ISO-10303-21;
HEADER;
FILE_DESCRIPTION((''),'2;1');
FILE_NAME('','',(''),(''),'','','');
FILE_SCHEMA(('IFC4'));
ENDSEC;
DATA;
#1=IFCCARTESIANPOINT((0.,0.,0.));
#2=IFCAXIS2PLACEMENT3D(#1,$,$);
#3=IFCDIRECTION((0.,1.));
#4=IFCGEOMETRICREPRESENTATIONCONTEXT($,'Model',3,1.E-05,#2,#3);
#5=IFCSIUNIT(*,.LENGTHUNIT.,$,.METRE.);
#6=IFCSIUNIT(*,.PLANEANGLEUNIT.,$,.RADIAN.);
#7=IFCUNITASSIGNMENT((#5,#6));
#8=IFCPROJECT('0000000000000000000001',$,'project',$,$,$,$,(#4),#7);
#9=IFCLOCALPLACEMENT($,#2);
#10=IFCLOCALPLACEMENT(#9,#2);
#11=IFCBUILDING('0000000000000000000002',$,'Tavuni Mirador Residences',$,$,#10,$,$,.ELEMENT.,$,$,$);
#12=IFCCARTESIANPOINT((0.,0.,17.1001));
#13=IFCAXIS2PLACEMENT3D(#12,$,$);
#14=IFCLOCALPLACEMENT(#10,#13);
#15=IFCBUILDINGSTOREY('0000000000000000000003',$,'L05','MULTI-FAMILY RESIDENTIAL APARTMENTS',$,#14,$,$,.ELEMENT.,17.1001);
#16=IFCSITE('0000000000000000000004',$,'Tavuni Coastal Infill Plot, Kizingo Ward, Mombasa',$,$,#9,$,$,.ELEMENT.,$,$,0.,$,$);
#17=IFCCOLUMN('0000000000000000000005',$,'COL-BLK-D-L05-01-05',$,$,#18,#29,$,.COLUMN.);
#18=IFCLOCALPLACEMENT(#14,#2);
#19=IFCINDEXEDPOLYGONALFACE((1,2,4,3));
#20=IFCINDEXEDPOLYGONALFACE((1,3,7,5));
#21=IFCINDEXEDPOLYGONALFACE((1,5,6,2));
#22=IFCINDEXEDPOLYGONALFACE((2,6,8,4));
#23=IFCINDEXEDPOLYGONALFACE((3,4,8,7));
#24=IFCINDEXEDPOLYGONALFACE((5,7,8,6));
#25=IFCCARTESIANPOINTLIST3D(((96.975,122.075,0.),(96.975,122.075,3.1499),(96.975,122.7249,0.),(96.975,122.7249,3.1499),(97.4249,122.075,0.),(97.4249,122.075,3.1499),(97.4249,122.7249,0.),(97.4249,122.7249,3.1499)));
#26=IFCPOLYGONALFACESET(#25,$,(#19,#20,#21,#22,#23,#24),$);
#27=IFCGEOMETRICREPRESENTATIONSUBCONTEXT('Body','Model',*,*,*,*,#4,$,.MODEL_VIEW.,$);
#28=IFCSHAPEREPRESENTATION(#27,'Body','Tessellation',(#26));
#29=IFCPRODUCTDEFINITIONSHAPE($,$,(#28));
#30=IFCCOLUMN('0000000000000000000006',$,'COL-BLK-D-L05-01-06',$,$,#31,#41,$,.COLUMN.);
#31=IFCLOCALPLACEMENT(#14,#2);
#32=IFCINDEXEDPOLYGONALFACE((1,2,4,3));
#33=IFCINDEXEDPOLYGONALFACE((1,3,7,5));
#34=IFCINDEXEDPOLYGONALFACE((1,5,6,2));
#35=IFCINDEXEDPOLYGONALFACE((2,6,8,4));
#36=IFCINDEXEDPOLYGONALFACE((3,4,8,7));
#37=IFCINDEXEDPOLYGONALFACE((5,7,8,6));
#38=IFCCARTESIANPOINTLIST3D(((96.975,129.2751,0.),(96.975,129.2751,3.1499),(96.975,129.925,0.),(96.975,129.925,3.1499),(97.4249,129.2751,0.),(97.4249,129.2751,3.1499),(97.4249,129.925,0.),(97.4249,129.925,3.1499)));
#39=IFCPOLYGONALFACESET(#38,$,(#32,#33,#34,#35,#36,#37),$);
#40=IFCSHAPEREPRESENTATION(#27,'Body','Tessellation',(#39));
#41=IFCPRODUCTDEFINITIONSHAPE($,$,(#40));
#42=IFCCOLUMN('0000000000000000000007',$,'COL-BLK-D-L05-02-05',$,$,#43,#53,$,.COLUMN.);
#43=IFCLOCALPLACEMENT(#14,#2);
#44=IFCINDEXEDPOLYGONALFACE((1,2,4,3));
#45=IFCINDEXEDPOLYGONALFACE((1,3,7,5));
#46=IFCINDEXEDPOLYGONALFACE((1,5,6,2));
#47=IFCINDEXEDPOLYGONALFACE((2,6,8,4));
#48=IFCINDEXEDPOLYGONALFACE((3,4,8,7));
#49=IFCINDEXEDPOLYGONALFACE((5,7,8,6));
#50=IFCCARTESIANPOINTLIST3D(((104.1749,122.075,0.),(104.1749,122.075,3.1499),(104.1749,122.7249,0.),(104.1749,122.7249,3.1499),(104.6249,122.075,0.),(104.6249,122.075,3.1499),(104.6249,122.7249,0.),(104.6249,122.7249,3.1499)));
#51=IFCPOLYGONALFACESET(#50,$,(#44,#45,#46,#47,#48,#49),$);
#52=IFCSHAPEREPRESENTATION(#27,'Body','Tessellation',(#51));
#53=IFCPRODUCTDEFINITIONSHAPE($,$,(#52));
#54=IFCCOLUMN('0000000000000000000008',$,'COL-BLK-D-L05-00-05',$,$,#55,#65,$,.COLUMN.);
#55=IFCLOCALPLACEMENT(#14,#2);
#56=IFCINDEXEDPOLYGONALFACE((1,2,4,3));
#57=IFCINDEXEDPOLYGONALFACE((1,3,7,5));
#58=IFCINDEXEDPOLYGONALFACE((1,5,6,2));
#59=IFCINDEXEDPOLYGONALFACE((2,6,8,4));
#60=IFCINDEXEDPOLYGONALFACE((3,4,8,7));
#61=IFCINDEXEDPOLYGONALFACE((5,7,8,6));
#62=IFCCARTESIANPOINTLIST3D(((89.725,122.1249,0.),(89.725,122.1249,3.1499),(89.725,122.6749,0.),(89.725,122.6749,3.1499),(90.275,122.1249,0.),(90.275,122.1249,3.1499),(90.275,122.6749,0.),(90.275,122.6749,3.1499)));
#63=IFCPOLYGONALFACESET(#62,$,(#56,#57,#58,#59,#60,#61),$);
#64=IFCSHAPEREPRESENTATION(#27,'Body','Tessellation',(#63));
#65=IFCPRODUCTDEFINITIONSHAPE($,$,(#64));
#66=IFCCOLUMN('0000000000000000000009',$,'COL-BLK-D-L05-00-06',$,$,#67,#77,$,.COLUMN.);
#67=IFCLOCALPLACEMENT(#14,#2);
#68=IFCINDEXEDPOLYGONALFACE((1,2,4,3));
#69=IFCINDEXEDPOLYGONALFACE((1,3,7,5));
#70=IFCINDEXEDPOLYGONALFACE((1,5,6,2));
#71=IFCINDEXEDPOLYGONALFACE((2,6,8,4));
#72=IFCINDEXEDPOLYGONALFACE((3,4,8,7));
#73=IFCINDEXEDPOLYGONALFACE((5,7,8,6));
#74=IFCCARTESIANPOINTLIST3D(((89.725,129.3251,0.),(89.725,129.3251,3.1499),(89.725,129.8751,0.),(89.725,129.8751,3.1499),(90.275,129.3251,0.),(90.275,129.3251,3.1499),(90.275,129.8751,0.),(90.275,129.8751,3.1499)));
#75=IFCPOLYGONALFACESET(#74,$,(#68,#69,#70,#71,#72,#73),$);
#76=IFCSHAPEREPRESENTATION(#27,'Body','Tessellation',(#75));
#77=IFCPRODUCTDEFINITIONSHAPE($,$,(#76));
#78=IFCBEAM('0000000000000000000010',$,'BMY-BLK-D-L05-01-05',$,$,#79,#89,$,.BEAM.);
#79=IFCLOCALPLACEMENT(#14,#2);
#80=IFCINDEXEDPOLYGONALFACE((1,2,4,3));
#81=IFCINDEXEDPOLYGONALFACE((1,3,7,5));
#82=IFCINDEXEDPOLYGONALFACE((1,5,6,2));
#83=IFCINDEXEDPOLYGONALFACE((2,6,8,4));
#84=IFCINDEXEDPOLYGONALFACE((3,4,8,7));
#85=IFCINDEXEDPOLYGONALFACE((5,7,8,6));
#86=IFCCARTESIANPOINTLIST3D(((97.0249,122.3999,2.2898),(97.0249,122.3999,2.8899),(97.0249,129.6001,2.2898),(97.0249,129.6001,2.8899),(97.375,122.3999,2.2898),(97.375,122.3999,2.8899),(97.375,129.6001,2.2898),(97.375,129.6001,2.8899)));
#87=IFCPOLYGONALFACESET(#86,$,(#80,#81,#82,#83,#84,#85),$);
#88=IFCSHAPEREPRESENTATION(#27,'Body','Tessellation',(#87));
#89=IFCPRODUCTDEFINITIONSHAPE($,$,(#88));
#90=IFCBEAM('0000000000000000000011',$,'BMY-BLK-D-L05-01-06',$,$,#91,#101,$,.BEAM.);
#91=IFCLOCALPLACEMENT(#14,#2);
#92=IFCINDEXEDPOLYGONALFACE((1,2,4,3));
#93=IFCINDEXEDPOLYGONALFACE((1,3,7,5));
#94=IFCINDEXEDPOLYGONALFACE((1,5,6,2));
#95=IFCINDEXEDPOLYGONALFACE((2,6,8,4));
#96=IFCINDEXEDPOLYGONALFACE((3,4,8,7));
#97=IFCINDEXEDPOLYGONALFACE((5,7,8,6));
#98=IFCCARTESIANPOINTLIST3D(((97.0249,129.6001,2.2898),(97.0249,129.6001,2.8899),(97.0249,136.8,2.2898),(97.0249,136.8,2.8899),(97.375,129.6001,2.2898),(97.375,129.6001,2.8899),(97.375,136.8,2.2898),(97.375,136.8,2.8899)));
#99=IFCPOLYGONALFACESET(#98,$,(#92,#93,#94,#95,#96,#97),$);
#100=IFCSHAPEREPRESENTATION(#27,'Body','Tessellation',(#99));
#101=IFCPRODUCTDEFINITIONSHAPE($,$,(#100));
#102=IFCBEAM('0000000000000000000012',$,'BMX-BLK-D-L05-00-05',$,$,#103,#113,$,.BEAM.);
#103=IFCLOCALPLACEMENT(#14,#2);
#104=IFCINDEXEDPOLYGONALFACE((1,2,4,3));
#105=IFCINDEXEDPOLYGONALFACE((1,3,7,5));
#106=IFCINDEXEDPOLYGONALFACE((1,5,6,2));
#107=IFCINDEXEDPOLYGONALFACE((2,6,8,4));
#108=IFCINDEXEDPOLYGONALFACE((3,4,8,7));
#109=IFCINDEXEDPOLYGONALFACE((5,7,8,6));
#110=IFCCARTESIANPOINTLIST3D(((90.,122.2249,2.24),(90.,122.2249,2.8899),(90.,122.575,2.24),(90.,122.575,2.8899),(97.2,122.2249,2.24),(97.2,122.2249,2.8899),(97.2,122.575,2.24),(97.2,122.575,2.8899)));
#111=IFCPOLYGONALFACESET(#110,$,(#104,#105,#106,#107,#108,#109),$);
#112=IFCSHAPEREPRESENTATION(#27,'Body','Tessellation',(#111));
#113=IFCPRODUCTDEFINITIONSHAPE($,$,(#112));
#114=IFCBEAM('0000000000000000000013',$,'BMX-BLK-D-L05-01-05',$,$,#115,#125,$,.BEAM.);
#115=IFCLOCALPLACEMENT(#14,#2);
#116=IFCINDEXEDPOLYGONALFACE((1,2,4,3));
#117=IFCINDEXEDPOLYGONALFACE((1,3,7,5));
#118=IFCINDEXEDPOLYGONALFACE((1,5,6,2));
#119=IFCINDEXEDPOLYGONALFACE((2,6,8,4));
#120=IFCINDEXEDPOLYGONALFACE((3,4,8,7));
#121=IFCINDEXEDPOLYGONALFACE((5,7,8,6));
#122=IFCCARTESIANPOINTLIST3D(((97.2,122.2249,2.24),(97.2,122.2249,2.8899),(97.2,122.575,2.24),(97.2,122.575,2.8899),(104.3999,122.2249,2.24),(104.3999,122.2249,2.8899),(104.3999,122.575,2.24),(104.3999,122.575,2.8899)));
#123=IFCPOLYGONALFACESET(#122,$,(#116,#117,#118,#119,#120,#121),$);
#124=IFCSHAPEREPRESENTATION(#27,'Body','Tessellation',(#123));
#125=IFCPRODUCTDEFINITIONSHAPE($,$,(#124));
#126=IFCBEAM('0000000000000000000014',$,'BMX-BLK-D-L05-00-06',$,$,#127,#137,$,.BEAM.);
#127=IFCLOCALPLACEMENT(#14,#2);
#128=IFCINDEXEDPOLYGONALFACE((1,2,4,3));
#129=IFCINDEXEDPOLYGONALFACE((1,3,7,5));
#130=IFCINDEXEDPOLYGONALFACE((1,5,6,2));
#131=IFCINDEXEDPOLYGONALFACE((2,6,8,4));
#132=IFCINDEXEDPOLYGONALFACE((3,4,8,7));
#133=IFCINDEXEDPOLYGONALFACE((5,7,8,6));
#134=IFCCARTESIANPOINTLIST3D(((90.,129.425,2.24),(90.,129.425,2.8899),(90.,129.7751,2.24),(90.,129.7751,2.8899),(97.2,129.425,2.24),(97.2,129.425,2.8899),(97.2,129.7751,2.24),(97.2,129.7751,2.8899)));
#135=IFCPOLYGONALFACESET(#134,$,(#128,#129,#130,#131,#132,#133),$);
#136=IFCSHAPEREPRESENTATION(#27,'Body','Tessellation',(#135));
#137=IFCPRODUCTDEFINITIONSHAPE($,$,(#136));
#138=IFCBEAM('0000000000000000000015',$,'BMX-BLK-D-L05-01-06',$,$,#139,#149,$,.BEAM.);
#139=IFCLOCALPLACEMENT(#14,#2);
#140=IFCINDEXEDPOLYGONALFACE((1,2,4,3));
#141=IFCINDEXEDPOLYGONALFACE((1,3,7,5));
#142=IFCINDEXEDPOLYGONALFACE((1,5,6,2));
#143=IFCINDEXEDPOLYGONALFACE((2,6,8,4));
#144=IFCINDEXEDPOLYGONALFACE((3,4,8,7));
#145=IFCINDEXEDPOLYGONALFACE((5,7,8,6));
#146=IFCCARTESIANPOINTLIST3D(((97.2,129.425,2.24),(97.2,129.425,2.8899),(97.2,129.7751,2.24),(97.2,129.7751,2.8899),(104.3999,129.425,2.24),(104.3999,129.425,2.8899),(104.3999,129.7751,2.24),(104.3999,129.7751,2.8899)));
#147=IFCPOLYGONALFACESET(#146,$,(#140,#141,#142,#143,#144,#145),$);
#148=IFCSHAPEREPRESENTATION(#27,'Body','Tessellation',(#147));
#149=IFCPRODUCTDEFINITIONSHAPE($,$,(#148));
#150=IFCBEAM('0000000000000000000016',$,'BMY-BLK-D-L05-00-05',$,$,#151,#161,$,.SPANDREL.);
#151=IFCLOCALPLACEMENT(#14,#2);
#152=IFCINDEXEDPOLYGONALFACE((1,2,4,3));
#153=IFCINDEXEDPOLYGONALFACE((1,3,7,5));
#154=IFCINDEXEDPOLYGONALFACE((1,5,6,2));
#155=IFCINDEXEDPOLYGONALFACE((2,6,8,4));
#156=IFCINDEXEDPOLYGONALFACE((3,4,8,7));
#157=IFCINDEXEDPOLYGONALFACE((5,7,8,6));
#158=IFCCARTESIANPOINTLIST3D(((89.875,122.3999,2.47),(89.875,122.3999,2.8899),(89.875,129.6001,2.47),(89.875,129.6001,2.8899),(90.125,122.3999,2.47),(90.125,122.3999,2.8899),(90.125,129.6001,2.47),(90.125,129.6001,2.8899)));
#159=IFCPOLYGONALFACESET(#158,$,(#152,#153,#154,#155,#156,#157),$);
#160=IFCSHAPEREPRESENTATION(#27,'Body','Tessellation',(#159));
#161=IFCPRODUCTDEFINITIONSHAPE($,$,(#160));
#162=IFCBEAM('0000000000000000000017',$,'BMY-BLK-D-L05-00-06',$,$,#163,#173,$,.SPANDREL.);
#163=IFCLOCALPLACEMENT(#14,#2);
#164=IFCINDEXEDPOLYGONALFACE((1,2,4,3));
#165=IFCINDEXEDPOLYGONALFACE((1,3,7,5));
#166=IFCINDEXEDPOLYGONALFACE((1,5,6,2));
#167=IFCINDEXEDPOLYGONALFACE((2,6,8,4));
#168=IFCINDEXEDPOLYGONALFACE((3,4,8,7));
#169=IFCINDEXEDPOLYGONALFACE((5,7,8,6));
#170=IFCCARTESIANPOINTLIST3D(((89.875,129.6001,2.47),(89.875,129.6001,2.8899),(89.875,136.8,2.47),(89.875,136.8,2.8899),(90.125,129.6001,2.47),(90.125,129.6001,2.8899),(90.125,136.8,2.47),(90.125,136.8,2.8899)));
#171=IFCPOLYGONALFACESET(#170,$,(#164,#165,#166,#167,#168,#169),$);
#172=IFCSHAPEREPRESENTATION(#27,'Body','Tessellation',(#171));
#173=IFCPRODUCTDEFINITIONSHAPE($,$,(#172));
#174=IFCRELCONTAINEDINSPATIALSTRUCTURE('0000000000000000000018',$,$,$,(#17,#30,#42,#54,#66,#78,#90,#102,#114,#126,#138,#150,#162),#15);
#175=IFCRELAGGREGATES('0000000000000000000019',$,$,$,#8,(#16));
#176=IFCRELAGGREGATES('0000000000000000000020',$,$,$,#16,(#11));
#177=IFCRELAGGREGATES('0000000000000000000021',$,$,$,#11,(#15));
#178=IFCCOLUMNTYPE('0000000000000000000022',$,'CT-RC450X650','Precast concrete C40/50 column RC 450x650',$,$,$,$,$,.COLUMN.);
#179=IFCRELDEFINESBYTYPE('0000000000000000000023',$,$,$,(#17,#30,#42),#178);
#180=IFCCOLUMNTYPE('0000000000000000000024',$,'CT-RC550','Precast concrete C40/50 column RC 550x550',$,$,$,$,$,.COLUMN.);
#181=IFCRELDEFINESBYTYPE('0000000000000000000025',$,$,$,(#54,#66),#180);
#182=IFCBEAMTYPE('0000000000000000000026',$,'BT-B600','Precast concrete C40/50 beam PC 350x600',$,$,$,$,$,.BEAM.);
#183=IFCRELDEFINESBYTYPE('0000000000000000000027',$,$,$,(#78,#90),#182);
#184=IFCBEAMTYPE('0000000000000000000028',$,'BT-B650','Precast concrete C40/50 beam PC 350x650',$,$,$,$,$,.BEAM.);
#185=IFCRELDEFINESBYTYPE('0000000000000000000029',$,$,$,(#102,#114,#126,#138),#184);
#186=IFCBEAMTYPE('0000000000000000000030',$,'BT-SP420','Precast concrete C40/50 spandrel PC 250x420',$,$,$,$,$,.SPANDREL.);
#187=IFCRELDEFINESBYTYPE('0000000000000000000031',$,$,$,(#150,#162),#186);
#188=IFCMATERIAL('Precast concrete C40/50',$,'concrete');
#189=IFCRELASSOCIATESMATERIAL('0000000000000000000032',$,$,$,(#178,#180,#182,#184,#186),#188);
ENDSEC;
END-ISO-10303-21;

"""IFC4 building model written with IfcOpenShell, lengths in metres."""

from ifc_helpers import new_model, si_unit, direction, frame, origin, origin_2d, place, context, subcontext, project, spatial, rectangle, extrude, material, material_profile, profile_set, type_object, element, save


model = new_model("IFC4")

# Units and contexts
model_context = context("Model", 3, precision=1e-05, world=origin(), true_north=direction((0.0, 1.0)))
body_context = subcontext(model_context, "Body", "Model", "MODEL_VIEW")
ifc_project = project(units=[si_unit("LENGTHUNIT", "METRE"), si_unit("PLANEANGLEUNIT", "RADIAN")], contexts=[model_context])

# Site, building, storey
site_placement = place(None, origin())
site = spatial("IfcSite", under=ifc_project, at=site_placement, Name="Tavuni Coastal Infill Plot, Kizingo Ward, Mombasa", CompositionType="ELEMENT", RefElevation=0.0)
building_placement = place(site_placement, origin())
building = spatial("IfcBuilding", under=site, at=building_placement, Name="Tavuni Mirador Residences", CompositionType="ELEMENT")
storey_placement = place(building_placement, frame((0.0, 0.0, 17.1001)))
storey = spatial("IfcBuildingStorey", under=building, at=storey_placement, Name="L05", Description="MULTI-FAMILY RESIDENTIAL APARTMENTS", CompositionType="ELEMENT", Elevation=17.1001)

# Columns
ifc_material_1 = material(Name="Precast concrete C40/50", Category="concrete")
ifc_material_profile_1 = material_profile(ifc_material_1, rectangle(XDim=0.45, YDim=0.6499, at=origin_2d()), Name="RC 450x650", Category="concrete")
ifc_profile_set_1 = profile_set([ifc_material_profile_1], Name="Precast concrete C40/50")
column_type_1 = type_object("IfcColumnType", Name="CT-RC450X650", Description="Precast concrete C40/50 column RC 450x650", PredefinedType="COLUMN", material=ifc_profile_set_1)
for number, where, z_axis, x_axis, name in (
    (1, (97.2, 122.3999, 0.0), (0.0, 0.0, 1.0), (1.0, 0.0, 0.0), "COL-BLK-D-L05-01-05"),
    (2, (97.2, 129.6001, 0.0), (0.0, 0.0, 1.0), (1.0, 0.0, 0.0), "COL-BLK-D-L05-01-06"),
    (3, (104.3999, 122.3999, 0.0), (0.0, 0.0, 1.0), (1.0, 0.0, 0.0), "COL-BLK-D-L05-02-05"),
):
    element("IfcColumn", number, at=place(storey_placement, frame(where, z_axis=z_axis, x_axis=x_axis)), inside=storey, type_object=column_type_1, Name=name, PredefinedType="COLUMN", context=body_context, shape_type="SweptSolid", body=[
        extrude(rectangle(XDim=0.45, YDim=0.6499, at=origin_2d()), origin(), (0.0, 0.0, 1.0), 3.1499),
    ])
ifc_material_profile_2 = material_profile(ifc_material_1, rectangle(XDim=0.55, YDim=0.55, at=origin_2d()), Name="RC 550x550", Category="concrete")
ifc_profile_set_2 = profile_set([ifc_material_profile_2], Name="Precast concrete C40/50")
column_type_2 = type_object("IfcColumnType", Name="CT-RC550", Description="Precast concrete C40/50 column RC 550x550", PredefinedType="COLUMN", material=ifc_profile_set_2)
for number, where, z_axis, x_axis, name in (
    (4, (90.0, 122.3999, 0.0), (0.0, 0.0, 1.0), (1.0, 0.0, 0.0), "COL-BLK-D-L05-00-05"),
    (5, (90.0, 129.6001, 0.0), (0.0, 0.0, 1.0), (1.0, 0.0, 0.0), "COL-BLK-D-L05-00-06"),
):
    element("IfcColumn", number, at=place(storey_placement, frame(where, z_axis=z_axis, x_axis=x_axis)), inside=storey, type_object=column_type_2, Name=name, PredefinedType="COLUMN", context=body_context, shape_type="SweptSolid", body=[
        extrude(rectangle(XDim=0.55, YDim=0.55, at=origin_2d()), origin(), (0.0, 0.0, 1.0), 3.1499),
    ])

# Beams
ifc_material_profile_3 = material_profile(ifc_material_1, rectangle(XDim=0.3501, YDim=0.6001, at=origin_2d()), Name="PC 350x600", Category="concrete")
ifc_profile_set_3 = profile_set([ifc_material_profile_3], Name="Precast concrete C40/50")
beam_type_1 = type_object("IfcBeamType", Name="BT-B600", Description="Precast concrete C40/50 beam PC 350x600", PredefinedType="BEAM", material=ifc_profile_set_3)
beam_1_placement = place(storey_placement, frame((97.2, 122.3999, 2.5898), z_axis=(0.0, 1.0, 0.0), x_axis=(-1.0, 0.0, 0.0)))
element("IfcBeam", 6, at=beam_1_placement, inside=storey, type_object=beam_type_1, Name="BMY-BLK-D-L05-01-05", PredefinedType="BEAM", context=body_context, shape_type="SweptSolid", body=[
    extrude(rectangle(XDim=0.3501, YDim=0.6001, at=origin_2d()), origin(), (0.0, 0.0, 1.0), 7.2002),
])
beam_2_placement = place(storey_placement, frame((97.2, 129.6001, 2.5898), z_axis=(0.0, 1.0, 0.0), x_axis=(-1.0, 0.0, 0.0)))
element("IfcBeam", 7, at=beam_2_placement, inside=storey, type_object=beam_type_1, Name="BMY-BLK-D-L05-01-06", PredefinedType="BEAM", context=body_context, shape_type="SweptSolid", body=[
    extrude(rectangle(XDim=0.3501, YDim=0.6001, at=origin_2d()), origin(), (0.0, 0.0, 1.0), 7.2),
])
ifc_material_profile_4 = material_profile(ifc_material_1, rectangle(XDim=0.3501, YDim=0.6499, at=origin_2d()), Name="PC 350x650", Category="concrete")
ifc_profile_set_4 = profile_set([ifc_material_profile_4], Name="Precast concrete C40/50")
beam_type_2 = type_object("IfcBeamType", Name="BT-B650", Description="Precast concrete C40/50 beam PC 350x650", PredefinedType="BEAM", material=ifc_profile_set_4)
for number, where, z_axis, x_axis, name in (
    (8, (90.0, 122.3999, 2.5649), (1.0, 0.0, 0.0), (0.0, 1.0, 0.0), "BMX-BLK-D-L05-00-05"),
    (9, (97.2, 122.3999, 2.5649), (1.0, 0.0, 0.0), (0.0, 1.0, 0.0), "BMX-BLK-D-L05-01-05"),
    (10, (90.0, 129.6001, 2.5649), (1.0, 0.0, 0.0), (0.0, 1.0, 0.0), "BMX-BLK-D-L05-00-06"),
    (11, (97.2, 129.6001, 2.5649), (1.0, 0.0, 0.0), (0.0, 1.0, 0.0), "BMX-BLK-D-L05-01-06"),
):
    element("IfcBeam", number, at=place(storey_placement, frame(where, z_axis=z_axis, x_axis=x_axis)), inside=storey, type_object=beam_type_2, Name=name, PredefinedType="BEAM", context=body_context, shape_type="SweptSolid", body=[
        extrude(rectangle(XDim=0.3501, YDim=0.6499, at=origin_2d()), origin(), (0.0, 0.0, 1.0), 7.2),
    ])
ifc_material_profile_5 = material_profile(ifc_material_1, rectangle(XDim=0.25, YDim=0.4199, at=origin_2d()), Name="PC 250x420", Category="concrete")
ifc_profile_set_5 = profile_set([ifc_material_profile_5], Name="Precast concrete C40/50")
beam_type_3 = type_object("IfcBeamType", Name="BT-SP420", Description="Precast concrete C40/50 spandrel PC 250x420", PredefinedType="SPANDREL", material=ifc_profile_set_5)
beam_3_placement = place(storey_placement, frame((90.0, 122.3999, 2.6799), z_axis=(0.0, 1.0, 0.0), x_axis=(-1.0, 0.0, 0.0)))
element("IfcBeam", 12, at=beam_3_placement, inside=storey, type_object=beam_type_3, Name="BMY-BLK-D-L05-00-05", PredefinedType="SPANDREL", context=body_context, shape_type="SweptSolid", body=[
    extrude(rectangle(XDim=0.25, YDim=0.4199, at=origin_2d()), origin(), (0.0, 0.0, 1.0), 7.2002),
])
beam_4_placement = place(storey_placement, frame((90.0, 129.6001, 2.6799), z_axis=(0.0, 1.0, 0.0), x_axis=(-1.0, 0.0, 0.0)))
element("IfcBeam", 13, at=beam_4_placement, inside=storey, type_object=beam_type_3, Name="BMY-BLK-D-L05-00-06", PredefinedType="SPANDREL", context=body_context, shape_type="SweptSolid", body=[
    extrude(rectangle(XDim=0.25, YDim=0.4199, at=origin_2d()), origin(), (0.0, 0.0, 1.0), 7.2),
])

save(model, "model.ifc")
